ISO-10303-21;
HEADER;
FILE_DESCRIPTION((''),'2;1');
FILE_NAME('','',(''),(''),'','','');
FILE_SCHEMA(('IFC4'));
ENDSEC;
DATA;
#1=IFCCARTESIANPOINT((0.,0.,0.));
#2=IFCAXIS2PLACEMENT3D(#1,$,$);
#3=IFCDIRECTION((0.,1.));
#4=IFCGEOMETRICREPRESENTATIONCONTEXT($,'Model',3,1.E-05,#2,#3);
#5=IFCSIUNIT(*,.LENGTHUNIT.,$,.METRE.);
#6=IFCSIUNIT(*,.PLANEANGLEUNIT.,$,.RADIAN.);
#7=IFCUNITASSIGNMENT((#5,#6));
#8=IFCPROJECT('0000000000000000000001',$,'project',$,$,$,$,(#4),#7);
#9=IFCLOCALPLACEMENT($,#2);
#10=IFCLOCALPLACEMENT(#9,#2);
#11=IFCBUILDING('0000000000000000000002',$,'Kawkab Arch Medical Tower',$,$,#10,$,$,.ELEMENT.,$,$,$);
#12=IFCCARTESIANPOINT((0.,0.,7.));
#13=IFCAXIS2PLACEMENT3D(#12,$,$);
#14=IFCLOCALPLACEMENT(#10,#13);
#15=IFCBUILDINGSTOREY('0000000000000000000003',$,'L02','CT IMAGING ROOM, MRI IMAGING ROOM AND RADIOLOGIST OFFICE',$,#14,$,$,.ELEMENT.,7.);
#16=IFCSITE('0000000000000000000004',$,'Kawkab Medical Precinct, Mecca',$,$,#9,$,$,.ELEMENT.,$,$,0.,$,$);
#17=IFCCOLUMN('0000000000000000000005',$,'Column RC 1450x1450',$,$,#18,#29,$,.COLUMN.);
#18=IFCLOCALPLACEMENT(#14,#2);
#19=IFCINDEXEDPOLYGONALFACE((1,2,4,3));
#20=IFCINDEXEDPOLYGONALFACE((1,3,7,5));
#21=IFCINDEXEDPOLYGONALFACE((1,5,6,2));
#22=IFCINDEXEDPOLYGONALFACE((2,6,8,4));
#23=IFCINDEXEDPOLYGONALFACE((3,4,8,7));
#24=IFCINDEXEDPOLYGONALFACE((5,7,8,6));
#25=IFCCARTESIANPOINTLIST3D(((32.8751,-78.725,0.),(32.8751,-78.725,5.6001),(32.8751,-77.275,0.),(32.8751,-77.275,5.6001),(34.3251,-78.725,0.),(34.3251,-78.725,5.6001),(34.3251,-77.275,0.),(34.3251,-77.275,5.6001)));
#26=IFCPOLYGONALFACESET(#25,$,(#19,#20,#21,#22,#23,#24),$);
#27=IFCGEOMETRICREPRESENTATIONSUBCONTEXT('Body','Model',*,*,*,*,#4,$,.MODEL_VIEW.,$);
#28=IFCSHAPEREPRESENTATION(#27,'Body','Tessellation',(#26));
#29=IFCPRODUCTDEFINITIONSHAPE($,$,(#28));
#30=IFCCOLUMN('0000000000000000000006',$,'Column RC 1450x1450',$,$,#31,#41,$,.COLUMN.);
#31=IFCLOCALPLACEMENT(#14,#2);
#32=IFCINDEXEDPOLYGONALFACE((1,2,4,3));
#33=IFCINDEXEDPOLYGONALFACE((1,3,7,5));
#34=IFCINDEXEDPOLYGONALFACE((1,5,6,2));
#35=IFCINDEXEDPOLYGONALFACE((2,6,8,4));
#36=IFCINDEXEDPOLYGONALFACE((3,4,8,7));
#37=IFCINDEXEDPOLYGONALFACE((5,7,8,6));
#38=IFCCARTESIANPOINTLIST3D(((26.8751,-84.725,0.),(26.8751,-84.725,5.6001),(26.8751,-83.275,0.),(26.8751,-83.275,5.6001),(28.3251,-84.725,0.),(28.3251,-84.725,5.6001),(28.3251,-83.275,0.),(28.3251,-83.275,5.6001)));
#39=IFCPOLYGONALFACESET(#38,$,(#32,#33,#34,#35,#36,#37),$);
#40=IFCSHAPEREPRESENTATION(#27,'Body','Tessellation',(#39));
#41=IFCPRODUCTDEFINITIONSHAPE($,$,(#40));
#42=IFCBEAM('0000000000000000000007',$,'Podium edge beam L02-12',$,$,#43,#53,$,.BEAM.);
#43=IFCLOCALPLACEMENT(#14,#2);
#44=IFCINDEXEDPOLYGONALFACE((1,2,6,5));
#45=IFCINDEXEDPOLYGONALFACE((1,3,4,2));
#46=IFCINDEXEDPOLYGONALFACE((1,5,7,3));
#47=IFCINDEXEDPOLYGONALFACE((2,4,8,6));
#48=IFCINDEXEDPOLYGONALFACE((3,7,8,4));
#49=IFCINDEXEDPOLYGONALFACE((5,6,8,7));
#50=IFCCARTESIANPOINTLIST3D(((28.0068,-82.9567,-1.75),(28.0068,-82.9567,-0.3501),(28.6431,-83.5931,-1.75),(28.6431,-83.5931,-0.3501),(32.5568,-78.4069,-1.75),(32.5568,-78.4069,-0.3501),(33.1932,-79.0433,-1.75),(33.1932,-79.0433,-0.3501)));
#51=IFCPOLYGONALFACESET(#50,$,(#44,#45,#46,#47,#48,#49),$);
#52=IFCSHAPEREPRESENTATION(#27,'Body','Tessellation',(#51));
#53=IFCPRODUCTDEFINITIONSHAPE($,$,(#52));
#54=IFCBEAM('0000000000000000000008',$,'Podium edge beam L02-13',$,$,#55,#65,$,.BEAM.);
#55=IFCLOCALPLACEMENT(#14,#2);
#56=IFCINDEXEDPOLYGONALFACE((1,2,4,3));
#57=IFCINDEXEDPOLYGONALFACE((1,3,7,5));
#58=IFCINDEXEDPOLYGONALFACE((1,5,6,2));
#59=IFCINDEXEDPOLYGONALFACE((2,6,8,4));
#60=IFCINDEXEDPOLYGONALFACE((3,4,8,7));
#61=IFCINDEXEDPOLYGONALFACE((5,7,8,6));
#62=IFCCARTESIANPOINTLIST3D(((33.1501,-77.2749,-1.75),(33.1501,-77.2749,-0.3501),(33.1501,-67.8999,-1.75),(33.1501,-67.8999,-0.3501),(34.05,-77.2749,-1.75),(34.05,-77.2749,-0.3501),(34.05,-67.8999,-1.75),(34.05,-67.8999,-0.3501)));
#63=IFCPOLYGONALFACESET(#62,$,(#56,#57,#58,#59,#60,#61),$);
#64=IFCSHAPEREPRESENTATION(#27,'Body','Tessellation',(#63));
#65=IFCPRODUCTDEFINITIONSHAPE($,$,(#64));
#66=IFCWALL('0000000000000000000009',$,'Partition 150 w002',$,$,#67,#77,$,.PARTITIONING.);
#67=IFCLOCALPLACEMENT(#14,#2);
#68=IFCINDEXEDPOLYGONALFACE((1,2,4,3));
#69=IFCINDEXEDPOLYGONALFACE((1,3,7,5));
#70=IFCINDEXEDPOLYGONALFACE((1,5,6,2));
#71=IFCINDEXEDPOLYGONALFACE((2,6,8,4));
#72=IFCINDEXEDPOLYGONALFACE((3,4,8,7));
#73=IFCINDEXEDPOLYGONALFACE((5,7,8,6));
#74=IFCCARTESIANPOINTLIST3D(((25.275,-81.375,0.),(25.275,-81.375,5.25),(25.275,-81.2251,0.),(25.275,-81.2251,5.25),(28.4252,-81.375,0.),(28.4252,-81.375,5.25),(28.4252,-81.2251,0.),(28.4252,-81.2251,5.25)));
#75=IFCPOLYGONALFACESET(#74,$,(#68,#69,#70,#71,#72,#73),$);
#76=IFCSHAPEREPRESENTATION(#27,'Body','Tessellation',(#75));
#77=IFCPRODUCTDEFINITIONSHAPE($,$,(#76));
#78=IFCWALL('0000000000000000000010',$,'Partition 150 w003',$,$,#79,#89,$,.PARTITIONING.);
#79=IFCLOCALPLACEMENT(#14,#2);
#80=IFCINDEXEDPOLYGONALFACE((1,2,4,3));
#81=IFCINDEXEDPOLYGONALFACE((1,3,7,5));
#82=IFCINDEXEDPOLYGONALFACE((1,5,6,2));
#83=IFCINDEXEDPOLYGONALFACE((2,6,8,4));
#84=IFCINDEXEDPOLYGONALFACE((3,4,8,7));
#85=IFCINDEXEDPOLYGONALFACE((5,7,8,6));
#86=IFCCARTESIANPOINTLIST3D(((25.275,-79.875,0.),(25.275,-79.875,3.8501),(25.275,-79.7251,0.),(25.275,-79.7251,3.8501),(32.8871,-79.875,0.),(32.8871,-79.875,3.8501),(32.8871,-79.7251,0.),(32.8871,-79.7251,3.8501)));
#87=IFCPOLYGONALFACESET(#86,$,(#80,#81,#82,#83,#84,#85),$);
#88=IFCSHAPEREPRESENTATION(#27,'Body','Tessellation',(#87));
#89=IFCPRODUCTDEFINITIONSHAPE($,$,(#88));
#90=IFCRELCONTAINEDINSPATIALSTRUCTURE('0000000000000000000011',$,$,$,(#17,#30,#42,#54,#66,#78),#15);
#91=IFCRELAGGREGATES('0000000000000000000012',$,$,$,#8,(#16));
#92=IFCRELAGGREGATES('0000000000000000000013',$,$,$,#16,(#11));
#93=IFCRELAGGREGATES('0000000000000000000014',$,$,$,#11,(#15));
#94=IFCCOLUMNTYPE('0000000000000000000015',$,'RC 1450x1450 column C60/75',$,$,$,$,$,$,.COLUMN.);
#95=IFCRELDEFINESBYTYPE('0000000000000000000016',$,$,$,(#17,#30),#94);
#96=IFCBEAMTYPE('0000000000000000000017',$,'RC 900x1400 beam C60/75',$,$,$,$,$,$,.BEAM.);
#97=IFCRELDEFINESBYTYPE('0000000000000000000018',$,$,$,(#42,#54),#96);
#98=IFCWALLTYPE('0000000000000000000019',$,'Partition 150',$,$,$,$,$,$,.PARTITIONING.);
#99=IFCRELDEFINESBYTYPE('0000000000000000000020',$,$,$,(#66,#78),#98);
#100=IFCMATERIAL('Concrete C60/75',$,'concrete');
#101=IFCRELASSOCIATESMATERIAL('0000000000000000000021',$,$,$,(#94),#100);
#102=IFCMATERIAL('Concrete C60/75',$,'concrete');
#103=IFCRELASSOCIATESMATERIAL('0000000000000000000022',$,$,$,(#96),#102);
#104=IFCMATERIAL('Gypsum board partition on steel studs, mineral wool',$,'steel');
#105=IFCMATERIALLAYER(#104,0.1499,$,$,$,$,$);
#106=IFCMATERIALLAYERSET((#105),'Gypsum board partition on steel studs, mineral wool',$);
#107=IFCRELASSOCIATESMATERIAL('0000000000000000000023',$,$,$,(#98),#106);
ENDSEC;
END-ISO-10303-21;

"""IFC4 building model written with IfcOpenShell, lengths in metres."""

from ifc_helpers import new_model, si_unit, direction, frame, frame_2d, origin, origin_2d, place, context, subcontext, project, spatial, rectangle, extrude, material, layer, layer_set, material_profile, profile_set, type_object, element, save


model = new_model("IFC4")

# Units and contexts
model_context = context("Model", 3, precision=1e-05, world=origin(), true_north=direction((0.0, 1.0)))
body_context = subcontext(model_context, "Body", "Model", "MODEL_VIEW")
ifc_project = project(units=[si_unit("LENGTHUNIT", "METRE"), si_unit("PLANEANGLEUNIT", "RADIAN")], contexts=[model_context])

# Site, building, storey
site_placement = place(None, origin())
site = spatial("IfcSite", under=ifc_project, at=site_placement, Name="Kawkab Medical Precinct, Mecca", CompositionType="ELEMENT", RefElevation=0.0)
building_placement = place(site_placement, origin())
building = spatial("IfcBuilding", under=site, at=building_placement, Name="Kawkab Arch Medical Tower", CompositionType="ELEMENT")
storey_placement = place(building_placement, frame((0.0, 0.0, 7.0)))
storey = spatial("IfcBuildingStorey", under=building, at=storey_placement, Name="L02", Description="CT IMAGING ROOM, MRI IMAGING ROOM AND RADIOLOGIST OFFICE", CompositionType="ELEMENT", Elevation=7.0)

# Columns
ifc_material_1 = material(Name="Concrete C60/75", Category="concrete")
ifc_material_profile_1 = material_profile(ifc_material_1, rectangle(XDim=1.45, YDim=1.45, at=origin_2d()), Name="RC 1450x1450")
ifc_profile_set_1 = profile_set([ifc_material_profile_1], Name="Concrete C60/75")
column_type = type_object("IfcColumnType", Name="RC 1450x1450 column C60/75", PredefinedType="COLUMN", material=ifc_profile_set_1)
for number, where, z_axis, x_axis, name in (
    (1, (33.6001, -78.0, 0.0), (0.0, 0.0, 1.0), (1.0, 0.0, 0.0), "Column RC 1450x1450"),
    (2, (27.6001, -84.0, 0.0), (0.0, 0.0, 1.0), (1.0, 0.0, 0.0), "Column RC 1450x1450"),
):
    element("IfcColumn", number, at=place(storey_placement, frame(where, z_axis=z_axis, x_axis=x_axis)), inside=storey, type_object=column_type, Name=name, PredefinedType="COLUMN", context=body_context, shape_type="SweptSolid", body=[
        extrude(rectangle(XDim=1.45, YDim=1.45, at=origin_2d()), origin(), (0.0, 0.0, 1.0), 5.6001),
    ])

# Beams
ifc_material_2 = material(Name="Concrete C60/75", Category="concrete")
ifc_material_profile_2 = material_profile(ifc_material_2, rectangle(XDim=0.8999, YDim=1.3999, at=origin_2d()), Name="RC 900x1400")
ifc_profile_set_2 = profile_set([ifc_material_profile_2], Name="Concrete C60/75")
beam_type = type_object("IfcBeamType", Name="RC 900x1400 beam C60/75", PredefinedType="BEAM", material=ifc_profile_set_2)
beam_1_placement = place(storey_placement, frame((28.325, -83.2749, -1.05), z_axis=(0.707126, 0.707088, 0.0), x_axis=(-0.707088, 0.707126, 0.0)))
element("IfcBeam", 3, at=beam_1_placement, inside=storey, type_object=beam_type, Name="Podium edge beam L02-12", PredefinedType="BEAM", context=body_context, shape_type="SweptSolid", body=[
    extrude(rectangle(XDim=0.8999, YDim=1.3999, at=origin_2d()), origin(), (0.0, 0.0, 1.0), 6.4346),
])
beam_2_placement = place(storey_placement, frame((33.6001, -77.2749, -1.05), z_axis=(0.0, 1.0, 0.0), x_axis=(-1.0, 0.0, 0.0)))
element("IfcBeam", 4, at=beam_2_placement, inside=storey, type_object=beam_type, Name="Podium edge beam L02-13", PredefinedType="BEAM", context=body_context, shape_type="SweptSolid", body=[
    extrude(rectangle(XDim=0.8999, YDim=1.3999, at=origin_2d()), origin(), (0.0, 0.0, 1.0), 9.375),
])

# Walls
ifc_material_3 = material(Name="Gypsum board partition on steel studs, mineral wool", Category="steel")
ifc_layer_1 = layer(ifc_material_3, 0.1499)
ifc_layer_set_1 = layer_set([ifc_layer_1], Name="Gypsum board partition on steel studs, mineral wool")
wall_type_1 = type_object("IfcWallType", Name="Partition 150", PredefinedType="PARTITIONING", material=ifc_layer_set_1)
wall_1_placement = place(storey_placement, frame((25.2749, -81.3, 0.0), z_axis=(0.0, 0.0, 1.0), x_axis=(1.0, 0.0, 0.0)))
element("IfcWall", 5, at=wall_1_placement, inside=storey, type_object=wall_type_1, Name="Partition 150 w002", PredefinedType="PARTITIONING", context=body_context, shape_type="SweptSolid", body=[
    extrude(rectangle(XDim=3.1501, YDim=0.1499, at=frame_2d((1.5752, 0.0))), origin(), (0.0, 0.0, 1.0), 5.25),
])
wall_2_placement = place(storey_placement, frame((25.2749, -79.8, 0.0), z_axis=(0.0, 0.0, 1.0), x_axis=(1.0, 0.0, 0.0)))
element("IfcWall", 6, at=wall_2_placement, inside=storey, type_object=wall_type_1, Name="Partition 150 w003", PredefinedType="PARTITIONING", context=body_context, shape_type="SweptSolid", body=[
    extrude(rectangle(XDim=7.6121, YDim=0.1499, at=frame_2d((3.8062, 0.0))), origin(), (0.0, 0.0, 1.0), 3.8501),
])

save(model, "model.ifc")
